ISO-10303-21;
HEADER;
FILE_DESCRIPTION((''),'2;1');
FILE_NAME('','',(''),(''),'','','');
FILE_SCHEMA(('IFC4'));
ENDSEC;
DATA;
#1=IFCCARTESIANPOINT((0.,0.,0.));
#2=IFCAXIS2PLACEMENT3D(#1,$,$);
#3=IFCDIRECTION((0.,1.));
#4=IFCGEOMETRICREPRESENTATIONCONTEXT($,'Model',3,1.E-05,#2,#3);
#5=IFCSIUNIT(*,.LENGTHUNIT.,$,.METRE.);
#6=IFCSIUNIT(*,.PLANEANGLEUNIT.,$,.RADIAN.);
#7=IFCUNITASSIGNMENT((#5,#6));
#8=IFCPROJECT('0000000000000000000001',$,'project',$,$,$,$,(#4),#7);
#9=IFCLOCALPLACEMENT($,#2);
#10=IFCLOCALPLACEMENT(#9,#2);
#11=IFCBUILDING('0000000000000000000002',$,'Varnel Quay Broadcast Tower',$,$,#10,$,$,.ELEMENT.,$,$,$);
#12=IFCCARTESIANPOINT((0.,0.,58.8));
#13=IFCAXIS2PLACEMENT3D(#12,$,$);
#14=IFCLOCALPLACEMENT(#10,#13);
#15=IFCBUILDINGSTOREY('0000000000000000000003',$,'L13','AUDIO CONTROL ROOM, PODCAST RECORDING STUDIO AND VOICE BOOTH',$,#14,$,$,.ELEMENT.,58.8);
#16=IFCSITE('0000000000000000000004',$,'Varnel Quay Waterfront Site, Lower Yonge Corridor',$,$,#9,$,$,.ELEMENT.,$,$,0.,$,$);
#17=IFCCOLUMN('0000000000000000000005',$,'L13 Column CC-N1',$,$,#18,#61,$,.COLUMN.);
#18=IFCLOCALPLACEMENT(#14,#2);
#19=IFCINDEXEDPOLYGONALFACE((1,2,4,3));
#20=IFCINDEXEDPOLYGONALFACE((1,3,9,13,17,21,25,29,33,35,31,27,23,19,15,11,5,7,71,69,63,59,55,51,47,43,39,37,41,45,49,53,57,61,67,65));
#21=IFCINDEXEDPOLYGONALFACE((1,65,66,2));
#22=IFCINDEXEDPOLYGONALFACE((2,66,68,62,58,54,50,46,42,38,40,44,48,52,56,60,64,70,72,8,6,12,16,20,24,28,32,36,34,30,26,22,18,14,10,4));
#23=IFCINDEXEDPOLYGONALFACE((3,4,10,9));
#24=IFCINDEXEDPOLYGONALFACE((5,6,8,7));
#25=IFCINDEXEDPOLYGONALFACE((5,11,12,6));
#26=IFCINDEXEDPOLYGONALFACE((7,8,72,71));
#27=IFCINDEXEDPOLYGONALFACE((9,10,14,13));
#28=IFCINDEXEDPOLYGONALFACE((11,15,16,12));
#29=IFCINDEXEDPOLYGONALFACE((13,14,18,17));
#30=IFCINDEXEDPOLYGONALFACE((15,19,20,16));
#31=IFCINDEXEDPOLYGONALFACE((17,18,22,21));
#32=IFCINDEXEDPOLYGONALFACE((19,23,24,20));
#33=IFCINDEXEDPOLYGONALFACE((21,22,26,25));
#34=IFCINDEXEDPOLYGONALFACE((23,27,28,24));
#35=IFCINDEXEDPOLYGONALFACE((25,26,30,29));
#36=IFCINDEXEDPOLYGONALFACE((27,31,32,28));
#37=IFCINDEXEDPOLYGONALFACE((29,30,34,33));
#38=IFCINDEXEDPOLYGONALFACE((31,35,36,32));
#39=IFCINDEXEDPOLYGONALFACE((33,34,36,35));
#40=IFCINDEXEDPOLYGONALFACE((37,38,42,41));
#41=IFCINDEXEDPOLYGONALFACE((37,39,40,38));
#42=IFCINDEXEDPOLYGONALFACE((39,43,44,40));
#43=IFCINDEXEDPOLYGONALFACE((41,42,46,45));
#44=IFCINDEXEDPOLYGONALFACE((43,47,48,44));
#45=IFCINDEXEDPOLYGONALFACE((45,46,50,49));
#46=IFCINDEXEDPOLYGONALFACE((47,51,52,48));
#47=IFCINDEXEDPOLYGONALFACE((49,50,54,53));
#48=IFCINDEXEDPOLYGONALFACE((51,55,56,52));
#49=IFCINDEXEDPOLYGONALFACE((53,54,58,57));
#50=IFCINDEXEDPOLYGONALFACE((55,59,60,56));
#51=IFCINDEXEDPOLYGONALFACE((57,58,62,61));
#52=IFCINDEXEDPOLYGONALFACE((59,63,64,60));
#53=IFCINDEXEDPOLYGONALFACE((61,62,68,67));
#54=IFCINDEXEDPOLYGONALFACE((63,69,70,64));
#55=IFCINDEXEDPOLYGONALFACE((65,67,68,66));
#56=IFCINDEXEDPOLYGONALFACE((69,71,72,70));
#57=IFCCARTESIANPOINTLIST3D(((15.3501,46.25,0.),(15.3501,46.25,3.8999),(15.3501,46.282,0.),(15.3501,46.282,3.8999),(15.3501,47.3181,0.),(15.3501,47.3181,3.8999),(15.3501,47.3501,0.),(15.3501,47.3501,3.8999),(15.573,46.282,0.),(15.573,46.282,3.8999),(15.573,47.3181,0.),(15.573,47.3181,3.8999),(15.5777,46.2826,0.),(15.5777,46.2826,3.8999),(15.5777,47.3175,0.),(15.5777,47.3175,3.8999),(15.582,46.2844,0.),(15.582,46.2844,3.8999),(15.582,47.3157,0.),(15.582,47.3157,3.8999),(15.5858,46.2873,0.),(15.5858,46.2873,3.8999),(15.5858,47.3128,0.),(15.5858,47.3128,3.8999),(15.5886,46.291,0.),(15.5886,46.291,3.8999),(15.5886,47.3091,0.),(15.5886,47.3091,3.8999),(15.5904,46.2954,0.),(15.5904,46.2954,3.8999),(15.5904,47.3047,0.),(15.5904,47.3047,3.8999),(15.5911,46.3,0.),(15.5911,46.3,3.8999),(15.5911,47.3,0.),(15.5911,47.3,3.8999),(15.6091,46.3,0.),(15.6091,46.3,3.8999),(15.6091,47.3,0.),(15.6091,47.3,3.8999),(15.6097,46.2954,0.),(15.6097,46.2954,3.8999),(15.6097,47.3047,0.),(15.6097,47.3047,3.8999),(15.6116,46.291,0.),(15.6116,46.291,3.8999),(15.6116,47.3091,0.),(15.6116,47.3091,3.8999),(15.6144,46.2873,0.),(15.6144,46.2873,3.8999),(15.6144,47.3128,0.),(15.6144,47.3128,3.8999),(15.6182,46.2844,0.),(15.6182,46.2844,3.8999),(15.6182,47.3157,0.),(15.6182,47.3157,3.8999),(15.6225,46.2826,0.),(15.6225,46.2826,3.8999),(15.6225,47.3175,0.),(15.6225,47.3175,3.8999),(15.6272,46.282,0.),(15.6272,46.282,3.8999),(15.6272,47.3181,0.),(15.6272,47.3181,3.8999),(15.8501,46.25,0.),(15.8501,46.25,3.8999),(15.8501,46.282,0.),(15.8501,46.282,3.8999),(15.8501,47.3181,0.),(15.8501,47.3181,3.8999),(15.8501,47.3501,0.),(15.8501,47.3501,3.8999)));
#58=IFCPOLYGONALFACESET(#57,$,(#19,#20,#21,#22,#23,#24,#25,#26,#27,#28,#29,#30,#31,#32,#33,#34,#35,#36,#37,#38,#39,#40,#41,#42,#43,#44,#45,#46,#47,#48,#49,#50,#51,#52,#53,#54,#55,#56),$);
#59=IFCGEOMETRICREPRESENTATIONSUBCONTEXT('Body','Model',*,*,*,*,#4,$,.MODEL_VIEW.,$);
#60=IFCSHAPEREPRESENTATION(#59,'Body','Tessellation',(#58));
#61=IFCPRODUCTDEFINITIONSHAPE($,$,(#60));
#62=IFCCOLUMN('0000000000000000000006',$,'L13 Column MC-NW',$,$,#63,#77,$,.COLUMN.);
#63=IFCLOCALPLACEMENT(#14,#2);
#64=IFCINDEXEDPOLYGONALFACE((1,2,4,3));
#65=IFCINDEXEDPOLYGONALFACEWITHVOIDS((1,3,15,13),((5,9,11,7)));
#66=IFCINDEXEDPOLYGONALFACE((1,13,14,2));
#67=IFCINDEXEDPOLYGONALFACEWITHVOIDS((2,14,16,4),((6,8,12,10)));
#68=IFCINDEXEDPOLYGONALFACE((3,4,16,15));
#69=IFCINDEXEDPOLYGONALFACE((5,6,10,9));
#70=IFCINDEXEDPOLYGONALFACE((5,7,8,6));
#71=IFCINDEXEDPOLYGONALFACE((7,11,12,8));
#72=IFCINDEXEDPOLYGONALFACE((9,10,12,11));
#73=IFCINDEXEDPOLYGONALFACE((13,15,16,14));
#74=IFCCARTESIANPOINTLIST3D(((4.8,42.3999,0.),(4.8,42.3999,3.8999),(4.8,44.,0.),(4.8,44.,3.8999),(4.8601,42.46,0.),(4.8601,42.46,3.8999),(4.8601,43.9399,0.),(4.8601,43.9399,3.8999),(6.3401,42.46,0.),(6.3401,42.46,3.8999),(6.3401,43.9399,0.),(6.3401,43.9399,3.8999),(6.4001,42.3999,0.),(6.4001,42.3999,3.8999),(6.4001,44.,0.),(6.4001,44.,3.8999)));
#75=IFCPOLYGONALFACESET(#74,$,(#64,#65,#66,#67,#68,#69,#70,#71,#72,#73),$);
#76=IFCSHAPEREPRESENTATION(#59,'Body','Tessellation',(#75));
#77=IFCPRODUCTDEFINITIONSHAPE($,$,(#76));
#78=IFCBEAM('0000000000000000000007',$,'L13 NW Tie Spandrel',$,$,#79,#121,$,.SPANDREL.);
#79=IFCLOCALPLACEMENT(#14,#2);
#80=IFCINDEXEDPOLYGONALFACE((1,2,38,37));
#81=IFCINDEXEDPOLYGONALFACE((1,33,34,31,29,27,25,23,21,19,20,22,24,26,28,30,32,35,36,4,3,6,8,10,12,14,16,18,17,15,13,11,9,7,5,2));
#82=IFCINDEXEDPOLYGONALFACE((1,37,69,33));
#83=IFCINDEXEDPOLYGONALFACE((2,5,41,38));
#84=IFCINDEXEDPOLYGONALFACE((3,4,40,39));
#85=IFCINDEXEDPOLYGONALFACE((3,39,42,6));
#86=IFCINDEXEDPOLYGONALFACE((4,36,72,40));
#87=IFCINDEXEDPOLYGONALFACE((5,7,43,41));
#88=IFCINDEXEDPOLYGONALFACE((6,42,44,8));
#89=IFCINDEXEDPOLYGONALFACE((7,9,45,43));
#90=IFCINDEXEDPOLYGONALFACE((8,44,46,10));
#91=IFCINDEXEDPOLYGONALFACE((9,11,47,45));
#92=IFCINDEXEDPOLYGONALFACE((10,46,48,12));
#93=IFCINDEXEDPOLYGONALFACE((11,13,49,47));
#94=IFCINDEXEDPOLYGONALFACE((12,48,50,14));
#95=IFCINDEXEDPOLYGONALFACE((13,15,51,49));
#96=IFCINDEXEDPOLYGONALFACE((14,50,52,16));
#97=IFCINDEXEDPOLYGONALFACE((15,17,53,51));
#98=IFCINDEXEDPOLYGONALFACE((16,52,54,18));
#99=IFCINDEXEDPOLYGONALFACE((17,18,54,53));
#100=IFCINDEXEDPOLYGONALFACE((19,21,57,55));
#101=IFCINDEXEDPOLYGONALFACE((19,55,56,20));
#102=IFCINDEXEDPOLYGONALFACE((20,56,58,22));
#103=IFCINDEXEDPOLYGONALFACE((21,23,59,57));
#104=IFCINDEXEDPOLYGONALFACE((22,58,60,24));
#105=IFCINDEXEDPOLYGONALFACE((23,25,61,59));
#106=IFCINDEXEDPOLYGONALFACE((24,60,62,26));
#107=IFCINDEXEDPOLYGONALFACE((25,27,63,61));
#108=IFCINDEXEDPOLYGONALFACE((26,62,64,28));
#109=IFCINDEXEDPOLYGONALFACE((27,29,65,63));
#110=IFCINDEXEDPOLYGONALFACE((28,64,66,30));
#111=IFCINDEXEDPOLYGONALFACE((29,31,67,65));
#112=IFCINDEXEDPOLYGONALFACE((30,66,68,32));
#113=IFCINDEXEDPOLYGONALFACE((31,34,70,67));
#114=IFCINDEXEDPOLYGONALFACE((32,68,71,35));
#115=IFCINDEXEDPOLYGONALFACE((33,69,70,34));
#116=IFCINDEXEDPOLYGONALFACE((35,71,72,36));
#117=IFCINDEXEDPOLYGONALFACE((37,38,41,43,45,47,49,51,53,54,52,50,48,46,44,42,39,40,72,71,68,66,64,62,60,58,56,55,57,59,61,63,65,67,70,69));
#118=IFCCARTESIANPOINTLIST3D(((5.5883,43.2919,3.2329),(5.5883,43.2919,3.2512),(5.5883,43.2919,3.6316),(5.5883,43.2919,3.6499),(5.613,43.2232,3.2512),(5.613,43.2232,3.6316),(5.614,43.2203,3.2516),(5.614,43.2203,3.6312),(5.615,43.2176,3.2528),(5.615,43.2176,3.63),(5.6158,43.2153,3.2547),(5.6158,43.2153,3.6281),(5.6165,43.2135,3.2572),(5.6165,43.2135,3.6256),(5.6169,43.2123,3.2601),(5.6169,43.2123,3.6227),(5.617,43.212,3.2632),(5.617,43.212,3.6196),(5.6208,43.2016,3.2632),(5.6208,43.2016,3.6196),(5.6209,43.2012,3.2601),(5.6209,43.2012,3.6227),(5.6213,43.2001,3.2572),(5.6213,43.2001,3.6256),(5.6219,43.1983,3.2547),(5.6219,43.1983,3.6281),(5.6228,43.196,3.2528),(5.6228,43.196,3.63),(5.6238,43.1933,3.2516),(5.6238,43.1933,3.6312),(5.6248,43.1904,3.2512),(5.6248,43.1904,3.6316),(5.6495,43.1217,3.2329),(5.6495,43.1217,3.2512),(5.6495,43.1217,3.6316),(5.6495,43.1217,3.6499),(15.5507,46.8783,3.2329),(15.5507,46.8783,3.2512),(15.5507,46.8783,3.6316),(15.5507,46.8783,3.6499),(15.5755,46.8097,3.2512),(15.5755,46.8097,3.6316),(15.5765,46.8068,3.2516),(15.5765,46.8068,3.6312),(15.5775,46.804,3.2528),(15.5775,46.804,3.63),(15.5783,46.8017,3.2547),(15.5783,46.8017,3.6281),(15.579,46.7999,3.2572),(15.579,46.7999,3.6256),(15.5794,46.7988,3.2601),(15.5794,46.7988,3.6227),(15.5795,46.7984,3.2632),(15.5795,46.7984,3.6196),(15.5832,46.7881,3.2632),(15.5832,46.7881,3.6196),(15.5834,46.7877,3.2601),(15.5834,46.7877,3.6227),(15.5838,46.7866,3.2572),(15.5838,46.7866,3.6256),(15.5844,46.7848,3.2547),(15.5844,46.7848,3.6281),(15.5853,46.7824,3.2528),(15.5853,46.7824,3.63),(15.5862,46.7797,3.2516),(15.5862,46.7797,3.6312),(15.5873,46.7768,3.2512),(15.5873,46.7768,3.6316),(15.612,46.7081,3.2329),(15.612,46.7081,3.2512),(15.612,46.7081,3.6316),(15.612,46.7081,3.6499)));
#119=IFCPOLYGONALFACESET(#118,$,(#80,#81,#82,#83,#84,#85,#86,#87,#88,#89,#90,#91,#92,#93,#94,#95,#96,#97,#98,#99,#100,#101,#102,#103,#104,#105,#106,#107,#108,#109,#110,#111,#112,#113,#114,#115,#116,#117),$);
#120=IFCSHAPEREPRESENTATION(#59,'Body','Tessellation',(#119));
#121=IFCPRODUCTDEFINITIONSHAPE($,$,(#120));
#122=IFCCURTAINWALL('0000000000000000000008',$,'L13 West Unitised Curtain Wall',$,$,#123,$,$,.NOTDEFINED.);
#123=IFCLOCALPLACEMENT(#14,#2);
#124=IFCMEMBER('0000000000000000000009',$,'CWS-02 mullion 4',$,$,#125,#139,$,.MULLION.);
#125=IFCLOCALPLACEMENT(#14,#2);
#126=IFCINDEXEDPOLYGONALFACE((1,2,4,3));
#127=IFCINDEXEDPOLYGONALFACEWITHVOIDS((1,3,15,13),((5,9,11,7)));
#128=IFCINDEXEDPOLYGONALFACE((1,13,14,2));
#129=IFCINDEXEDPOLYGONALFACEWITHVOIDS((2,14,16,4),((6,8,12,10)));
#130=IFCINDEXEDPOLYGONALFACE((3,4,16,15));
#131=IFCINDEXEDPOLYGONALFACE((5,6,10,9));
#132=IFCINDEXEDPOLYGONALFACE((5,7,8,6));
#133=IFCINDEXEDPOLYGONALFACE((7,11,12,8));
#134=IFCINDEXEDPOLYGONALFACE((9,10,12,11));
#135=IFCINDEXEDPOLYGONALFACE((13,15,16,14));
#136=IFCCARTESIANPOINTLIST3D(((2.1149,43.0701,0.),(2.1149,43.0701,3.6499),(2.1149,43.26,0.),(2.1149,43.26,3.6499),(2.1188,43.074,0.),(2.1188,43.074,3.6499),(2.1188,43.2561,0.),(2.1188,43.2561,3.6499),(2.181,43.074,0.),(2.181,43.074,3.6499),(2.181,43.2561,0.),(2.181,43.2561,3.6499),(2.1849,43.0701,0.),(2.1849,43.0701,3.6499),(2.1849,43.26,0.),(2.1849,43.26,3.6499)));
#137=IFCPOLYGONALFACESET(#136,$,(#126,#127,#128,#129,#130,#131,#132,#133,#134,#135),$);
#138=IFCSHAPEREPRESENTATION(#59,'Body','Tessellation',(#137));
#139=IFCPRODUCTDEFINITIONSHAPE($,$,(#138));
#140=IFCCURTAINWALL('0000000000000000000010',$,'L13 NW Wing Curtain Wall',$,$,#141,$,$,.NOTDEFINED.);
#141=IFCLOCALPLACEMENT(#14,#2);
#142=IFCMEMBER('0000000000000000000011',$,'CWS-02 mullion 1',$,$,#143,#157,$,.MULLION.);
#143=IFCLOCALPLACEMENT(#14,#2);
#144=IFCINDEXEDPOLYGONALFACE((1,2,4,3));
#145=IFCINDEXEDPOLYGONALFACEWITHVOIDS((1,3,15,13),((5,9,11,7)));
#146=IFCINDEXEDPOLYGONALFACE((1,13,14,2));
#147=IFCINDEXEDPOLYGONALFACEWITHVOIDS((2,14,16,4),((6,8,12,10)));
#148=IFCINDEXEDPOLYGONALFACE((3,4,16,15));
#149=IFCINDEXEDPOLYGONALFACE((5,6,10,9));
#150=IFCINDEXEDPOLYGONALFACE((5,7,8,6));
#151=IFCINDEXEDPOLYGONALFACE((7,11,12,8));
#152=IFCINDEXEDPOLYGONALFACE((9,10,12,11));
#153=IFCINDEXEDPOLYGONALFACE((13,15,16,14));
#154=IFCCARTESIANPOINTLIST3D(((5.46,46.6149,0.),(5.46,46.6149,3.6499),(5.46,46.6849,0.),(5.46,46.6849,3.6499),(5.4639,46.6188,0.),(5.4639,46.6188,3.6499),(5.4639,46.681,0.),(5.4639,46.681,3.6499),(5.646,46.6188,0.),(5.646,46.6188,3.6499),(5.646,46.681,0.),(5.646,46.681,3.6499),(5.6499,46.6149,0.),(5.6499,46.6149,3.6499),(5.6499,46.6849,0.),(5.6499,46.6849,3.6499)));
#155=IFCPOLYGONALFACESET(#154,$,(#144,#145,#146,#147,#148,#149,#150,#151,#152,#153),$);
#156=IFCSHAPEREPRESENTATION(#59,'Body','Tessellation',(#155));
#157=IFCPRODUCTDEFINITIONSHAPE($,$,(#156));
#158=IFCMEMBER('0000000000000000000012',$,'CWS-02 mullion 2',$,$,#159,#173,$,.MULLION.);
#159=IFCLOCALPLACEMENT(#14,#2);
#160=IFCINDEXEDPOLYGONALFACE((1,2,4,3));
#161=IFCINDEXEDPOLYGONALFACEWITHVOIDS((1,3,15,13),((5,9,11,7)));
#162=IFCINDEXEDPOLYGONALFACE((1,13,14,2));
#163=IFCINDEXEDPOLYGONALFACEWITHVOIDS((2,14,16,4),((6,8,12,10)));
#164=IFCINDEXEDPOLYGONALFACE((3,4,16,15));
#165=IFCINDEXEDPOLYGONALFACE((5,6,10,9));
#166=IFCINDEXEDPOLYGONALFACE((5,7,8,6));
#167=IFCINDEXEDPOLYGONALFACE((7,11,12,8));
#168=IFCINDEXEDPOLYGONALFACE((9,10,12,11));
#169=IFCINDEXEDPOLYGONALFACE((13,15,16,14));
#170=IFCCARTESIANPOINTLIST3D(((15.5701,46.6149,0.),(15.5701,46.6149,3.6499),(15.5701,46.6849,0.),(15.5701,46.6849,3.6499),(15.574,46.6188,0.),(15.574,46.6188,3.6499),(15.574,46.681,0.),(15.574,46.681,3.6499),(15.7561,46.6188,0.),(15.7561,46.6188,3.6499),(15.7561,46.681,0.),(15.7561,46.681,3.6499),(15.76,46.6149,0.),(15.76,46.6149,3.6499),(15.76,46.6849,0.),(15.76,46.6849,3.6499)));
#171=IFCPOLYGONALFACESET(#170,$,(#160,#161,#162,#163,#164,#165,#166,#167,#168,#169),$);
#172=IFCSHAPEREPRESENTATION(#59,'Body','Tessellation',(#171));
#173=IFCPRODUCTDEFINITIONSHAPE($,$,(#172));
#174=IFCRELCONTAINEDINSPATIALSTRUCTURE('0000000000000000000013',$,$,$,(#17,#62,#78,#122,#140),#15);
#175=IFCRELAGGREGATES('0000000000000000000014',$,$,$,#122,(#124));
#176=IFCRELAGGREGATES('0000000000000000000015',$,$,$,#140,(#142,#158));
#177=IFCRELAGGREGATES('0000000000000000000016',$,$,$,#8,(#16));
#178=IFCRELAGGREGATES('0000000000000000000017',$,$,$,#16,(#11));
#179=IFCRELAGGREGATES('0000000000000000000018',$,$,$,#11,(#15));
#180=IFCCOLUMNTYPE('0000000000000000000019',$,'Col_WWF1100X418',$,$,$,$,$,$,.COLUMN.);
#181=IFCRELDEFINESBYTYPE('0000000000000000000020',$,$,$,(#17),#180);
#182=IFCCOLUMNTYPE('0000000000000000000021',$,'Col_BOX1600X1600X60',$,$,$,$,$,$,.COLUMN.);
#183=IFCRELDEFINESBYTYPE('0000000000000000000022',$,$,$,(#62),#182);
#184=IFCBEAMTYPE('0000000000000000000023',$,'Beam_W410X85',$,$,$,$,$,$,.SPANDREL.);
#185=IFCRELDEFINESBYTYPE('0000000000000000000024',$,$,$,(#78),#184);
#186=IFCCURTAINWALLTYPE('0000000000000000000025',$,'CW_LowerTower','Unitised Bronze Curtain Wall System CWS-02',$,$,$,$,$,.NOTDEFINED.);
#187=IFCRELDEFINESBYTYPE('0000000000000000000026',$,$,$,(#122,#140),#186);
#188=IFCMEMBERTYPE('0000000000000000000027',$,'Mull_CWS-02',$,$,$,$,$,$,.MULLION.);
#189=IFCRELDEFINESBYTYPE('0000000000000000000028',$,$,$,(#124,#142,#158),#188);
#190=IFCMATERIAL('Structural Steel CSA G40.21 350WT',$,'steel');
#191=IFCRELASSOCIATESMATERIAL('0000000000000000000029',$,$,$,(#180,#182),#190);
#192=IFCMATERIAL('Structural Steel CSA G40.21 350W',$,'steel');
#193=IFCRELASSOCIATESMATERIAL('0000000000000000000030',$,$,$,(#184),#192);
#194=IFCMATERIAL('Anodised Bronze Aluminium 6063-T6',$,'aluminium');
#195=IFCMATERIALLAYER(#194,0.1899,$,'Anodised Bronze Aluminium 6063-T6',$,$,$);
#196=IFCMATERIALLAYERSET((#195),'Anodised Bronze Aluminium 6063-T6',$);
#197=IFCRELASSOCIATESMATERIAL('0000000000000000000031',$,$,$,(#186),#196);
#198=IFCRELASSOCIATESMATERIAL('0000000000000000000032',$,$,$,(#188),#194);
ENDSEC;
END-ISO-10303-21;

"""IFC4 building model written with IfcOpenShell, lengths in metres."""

from ifc_helpers import new_model, si_unit, direction, frame, origin, origin_2d, place, context, subcontext, project, spatial, hollow_rectangle, i_section, extrude, source, transform, mapped, material, layer, layer_set, material_profile, profile_set, type_object, type_shapes, element, aggregate, save


model = new_model("IFC4")

# Units and contexts
model_context = context("Model", 3, precision=1e-05, world=origin(), true_north=direction((0.0, 1.0)))
body_context = subcontext(model_context, "Body", "Model", "MODEL_VIEW")
ifc_project = project(units=[si_unit("LENGTHUNIT", "METRE"), si_unit("PLANEANGLEUNIT", "RADIAN")], contexts=[model_context])

# Site, building, storey
site_placement = place(None, origin())
site = spatial("IfcSite", under=ifc_project, at=site_placement, Name="Varnel Quay Waterfront Site, Lower Yonge Corridor", CompositionType="ELEMENT", RefElevation=0.0)
building_placement = place(site_placement, origin())
building = spatial("IfcBuilding", under=site, at=building_placement, Name="Varnel Quay Broadcast Tower", CompositionType="ELEMENT")
storey_placement = place(building_placement, frame((0.0, 0.0, 58.8)))
storey = spatial("IfcBuildingStorey", under=building, at=storey_placement, Name="L13", Description="AUDIO CONTROL ROOM, PODCAST RECORDING STUDIO AND VOICE BOOTH", CompositionType="ELEMENT", Elevation=58.8)

# Columns
ifc_material_1 = material(Name="Structural Steel CSA G40.21 350WT", Category="steel")
ifc_material_profile_1 = material_profile(ifc_material_1, i_section(OverallWidth=0.5, OverallDepth=1.1001, WebThickness=0.0181, FlangeThickness=0.032, FilletRadius=0.0181, at=origin_2d()), Name="WWF1100X418")
ifc_profile_set_1 = profile_set([ifc_material_profile_1], Name="Structural Steel CSA G40.21 350WT")
column_type_1 = type_object("IfcColumnType", Name="Col_WWF1100X418", PredefinedType="COLUMN", material=ifc_profile_set_1)
shared_shape_1 = source(origin(), body_context, "Body", "SweptSolid", [
    extrude(i_section(OverallWidth=0.5, OverallDepth=1.1001, WebThickness=0.0181, FlangeThickness=0.032, FilletRadius=0.0181, at=origin_2d()), origin(), (0.0, 0.0, 1.0), 3.8999),
])
type_shapes(column_type_1, [shared_shape_1])
column_1_placement = place(storey_placement, frame((15.6001, 46.8, 0.0), z_axis=(0.0, 0.0, 1.0), x_axis=(1.0, 0.0, 0.0)))
element("IfcColumn", 1, at=column_1_placement, inside=storey, type_object=column_type_1, Name="L13 Column CC-N1", PredefinedType="COLUMN", context=body_context, shape_type="MappedRepresentation", body=[
    mapped(shared_shape_1, transform((0.0, 0.0, 0.0), x_axis=(1.0, 0.0, 0.0), y_axis=(0.0, 1.0, 0.0), z_axis=(0.0, 0.0, 1.0), scale=1.0)),
])
ifc_material_profile_2 = material_profile(ifc_material_1, hollow_rectangle(XDim=1.6001, YDim=1.6001, WallThickness=0.0601, at=origin_2d()), Name="BOX1600X1600X60")
ifc_profile_set_2 = profile_set([ifc_material_profile_2], Name="Structural Steel CSA G40.21 350WT")
column_type_2 = type_object("IfcColumnType", Name="Col_BOX1600X1600X60", PredefinedType="COLUMN", material=ifc_profile_set_2)
shared_shape_2 = source(origin(), body_context, "Body", "SweptSolid", [
    extrude(hollow_rectangle(XDim=1.6001, YDim=1.6001, WallThickness=0.0601, at=origin_2d()), origin(), (0.0, 0.0, 1.0), 3.8999),
])
type_shapes(column_type_2, [shared_shape_2])
column_2_placement = place(storey_placement, frame((5.6001, 43.2, 0.0), z_axis=(0.0, 0.0, 1.0), x_axis=(1.0, 0.0, 0.0)))
element("IfcColumn", 2, at=column_2_placement, inside=storey, type_object=column_type_2, Name="L13 Column MC-NW", PredefinedType="COLUMN", context=body_context, shape_type="MappedRepresentation", body=[
    mapped(shared_shape_2, transform((0.0, 0.0, 0.0), x_axis=(1.0, 0.0, 0.0), y_axis=(0.0, 1.0, 0.0), z_axis=(0.0, 0.0, 1.0), scale=1.0)),
])

# Beam
ifc_material_2 = material(Name="Structural Steel CSA G40.21 350W", Category="steel")
ifc_material_profile_3 = material_profile(ifc_material_2, i_section(OverallWidth=0.1809, OverallDepth=0.417, WebThickness=0.011, FlangeThickness=0.0183, FilletRadius=0.012, at=origin_2d()), Name="W410X85")
ifc_profile_set_3 = profile_set([ifc_material_profile_3], Name="Structural Steel CSA G40.21 350W")
beam_type = type_object("IfcBeamType", Name="Beam_W410X85", PredefinedType="SPANDREL", material=ifc_profile_set_3)
shared_shape_3 = source(origin(), body_context, "Body", "SweptSolid", [
    extrude(i_section(OverallWidth=0.1809, OverallDepth=0.417, WebThickness=0.011, FlangeThickness=0.0183, FilletRadius=0.012, at=origin_2d()), origin(), (0.0, 0.0, 1.0), 10.5884),
])
type_shapes(beam_type, [shared_shape_3])
beam_placement = place(storey_placement, frame((5.6189, 43.2068, 3.4414), z_axis=(0.940889, 0.338716, 0.0), x_axis=(-0.338716, 0.940889, 0.0)))
element("IfcBeam", 3, at=beam_placement, inside=storey, type_object=beam_type, Name="L13 NW Tie Spandrel", PredefinedType="SPANDREL", context=body_context, shape_type="MappedRepresentation", body=[
    mapped(shared_shape_3, transform((0.0, 0.0, 0.0), x_axis=(1.0, 0.0, 0.0), y_axis=(0.0, 1.0, 0.0), z_axis=(0.0, 0.0, 1.0), scale=1.0)),
])

# Curtain wall, member
ifc_material_3 = material(Name="Anodised Bronze Aluminium 6063-T6", Category="aluminium")
ifc_layer_1 = layer(ifc_material_3, 0.1899, Name="Anodised Bronze Aluminium 6063-T6")
ifc_layer_set_1 = layer_set([ifc_layer_1], Name="Anodised Bronze Aluminium 6063-T6")
curtain_wall_type = type_object("IfcCurtainWallType", Name="CW_LowerTower", Description="Unitised Bronze Curtain Wall System CWS-02", PredefinedType="NOTDEFINED", material=ifc_layer_set_1)
curtain_wall_1_placement = place(storey_placement, origin())
curtain_wall_1 = element("IfcCurtainWall", 4, at=curtain_wall_1_placement, inside=storey, type_object=curtain_wall_type, Name="L13 West Unitised Curtain Wall", PredefinedType="NOTDEFINED")
ifc_material_profile_4 = material_profile(ifc_material_3, hollow_rectangle(XDim=0.0701, YDim=0.1899, WallThickness=0.0039, at=origin_2d()), Name="ALU70X190X4")
ifc_profile_set_4 = profile_set([ifc_material_profile_4], Name="Anodised Bronze Aluminium 6063-T6")
member_type_1 = type_object("IfcMemberType", Name="Mull_CWS-02", PredefinedType="MULLION", material=ifc_profile_set_4)
shared_shape_4 = source(origin(), body_context, "Body", "SweptSolid", [
    extrude(hollow_rectangle(XDim=0.0701, YDim=0.1899, WallThickness=0.0039, at=origin_2d()), origin(), (0.0, 0.0, 1.0), 3.6499),
])
type_shapes(member_type_1, [shared_shape_4])
member_1_placement = place(storey_placement, frame((2.1499, 43.165, 0.0), z_axis=(0.0, 0.0, 1.0), x_axis=(-1.0, 0.0, 0.0)))
member_1 = element("IfcMember", 5, at=member_1_placement, type_object=member_type_1, Name="CWS-02 mullion 4", PredefinedType="MULLION", context=body_context, shape_type="MappedRepresentation", body=[
    mapped(shared_shape_4, transform((0.0, 0.0, 0.0), x_axis=(1.0, 0.0, 0.0), y_axis=(0.0, 1.0, 0.0), z_axis=(0.0, 0.0, 1.0), scale=1.0)),
])

# Curtain wall, members
curtain_wall_2_placement = place(storey_placement, origin())
curtain_wall_2 = element("IfcCurtainWall", 6, at=curtain_wall_2_placement, inside=storey, type_object=curtain_wall_type, Name="L13 NW Wing Curtain Wall", PredefinedType="NOTDEFINED")
member_2_placement = place(storey_placement, frame((5.5549, 46.6499, 0.0), z_axis=(0.0, 0.0, 1.0), x_axis=(0.0, 1.0, 0.0)))
member_2 = element("IfcMember", 7, at=member_2_placement, type_object=member_type_1, Name="CWS-02 mullion 1", PredefinedType="MULLION", context=body_context, shape_type="MappedRepresentation", body=[
    mapped(shared_shape_4, transform((0.0, 0.0, 0.0), x_axis=(1.0, 0.0, 0.0), y_axis=(0.0, 1.0, 0.0), z_axis=(0.0, 0.0, 1.0), scale=1.0)),
])
member_3_placement = place(storey_placement, frame((15.665, 46.6499, 0.0), z_axis=(0.0, 0.0, 1.0), x_axis=(0.0, 1.0, 0.0)))
member_3 = element("IfcMember", 8, at=member_3_placement, type_object=member_type_1, Name="CWS-02 mullion 2", PredefinedType="MULLION", context=body_context, shape_type="MappedRepresentation", body=[
    mapped(shared_shape_4, transform((0.0, 0.0, 0.0), x_axis=(1.0, 0.0, 0.0), y_axis=(0.0, 1.0, 0.0), z_axis=(0.0, 0.0, 1.0), scale=1.0)),
])

aggregate(curtain_wall_1, [member_1])
aggregate(curtain_wall_2, [member_2, member_3])

save(model, "model.ifc")
